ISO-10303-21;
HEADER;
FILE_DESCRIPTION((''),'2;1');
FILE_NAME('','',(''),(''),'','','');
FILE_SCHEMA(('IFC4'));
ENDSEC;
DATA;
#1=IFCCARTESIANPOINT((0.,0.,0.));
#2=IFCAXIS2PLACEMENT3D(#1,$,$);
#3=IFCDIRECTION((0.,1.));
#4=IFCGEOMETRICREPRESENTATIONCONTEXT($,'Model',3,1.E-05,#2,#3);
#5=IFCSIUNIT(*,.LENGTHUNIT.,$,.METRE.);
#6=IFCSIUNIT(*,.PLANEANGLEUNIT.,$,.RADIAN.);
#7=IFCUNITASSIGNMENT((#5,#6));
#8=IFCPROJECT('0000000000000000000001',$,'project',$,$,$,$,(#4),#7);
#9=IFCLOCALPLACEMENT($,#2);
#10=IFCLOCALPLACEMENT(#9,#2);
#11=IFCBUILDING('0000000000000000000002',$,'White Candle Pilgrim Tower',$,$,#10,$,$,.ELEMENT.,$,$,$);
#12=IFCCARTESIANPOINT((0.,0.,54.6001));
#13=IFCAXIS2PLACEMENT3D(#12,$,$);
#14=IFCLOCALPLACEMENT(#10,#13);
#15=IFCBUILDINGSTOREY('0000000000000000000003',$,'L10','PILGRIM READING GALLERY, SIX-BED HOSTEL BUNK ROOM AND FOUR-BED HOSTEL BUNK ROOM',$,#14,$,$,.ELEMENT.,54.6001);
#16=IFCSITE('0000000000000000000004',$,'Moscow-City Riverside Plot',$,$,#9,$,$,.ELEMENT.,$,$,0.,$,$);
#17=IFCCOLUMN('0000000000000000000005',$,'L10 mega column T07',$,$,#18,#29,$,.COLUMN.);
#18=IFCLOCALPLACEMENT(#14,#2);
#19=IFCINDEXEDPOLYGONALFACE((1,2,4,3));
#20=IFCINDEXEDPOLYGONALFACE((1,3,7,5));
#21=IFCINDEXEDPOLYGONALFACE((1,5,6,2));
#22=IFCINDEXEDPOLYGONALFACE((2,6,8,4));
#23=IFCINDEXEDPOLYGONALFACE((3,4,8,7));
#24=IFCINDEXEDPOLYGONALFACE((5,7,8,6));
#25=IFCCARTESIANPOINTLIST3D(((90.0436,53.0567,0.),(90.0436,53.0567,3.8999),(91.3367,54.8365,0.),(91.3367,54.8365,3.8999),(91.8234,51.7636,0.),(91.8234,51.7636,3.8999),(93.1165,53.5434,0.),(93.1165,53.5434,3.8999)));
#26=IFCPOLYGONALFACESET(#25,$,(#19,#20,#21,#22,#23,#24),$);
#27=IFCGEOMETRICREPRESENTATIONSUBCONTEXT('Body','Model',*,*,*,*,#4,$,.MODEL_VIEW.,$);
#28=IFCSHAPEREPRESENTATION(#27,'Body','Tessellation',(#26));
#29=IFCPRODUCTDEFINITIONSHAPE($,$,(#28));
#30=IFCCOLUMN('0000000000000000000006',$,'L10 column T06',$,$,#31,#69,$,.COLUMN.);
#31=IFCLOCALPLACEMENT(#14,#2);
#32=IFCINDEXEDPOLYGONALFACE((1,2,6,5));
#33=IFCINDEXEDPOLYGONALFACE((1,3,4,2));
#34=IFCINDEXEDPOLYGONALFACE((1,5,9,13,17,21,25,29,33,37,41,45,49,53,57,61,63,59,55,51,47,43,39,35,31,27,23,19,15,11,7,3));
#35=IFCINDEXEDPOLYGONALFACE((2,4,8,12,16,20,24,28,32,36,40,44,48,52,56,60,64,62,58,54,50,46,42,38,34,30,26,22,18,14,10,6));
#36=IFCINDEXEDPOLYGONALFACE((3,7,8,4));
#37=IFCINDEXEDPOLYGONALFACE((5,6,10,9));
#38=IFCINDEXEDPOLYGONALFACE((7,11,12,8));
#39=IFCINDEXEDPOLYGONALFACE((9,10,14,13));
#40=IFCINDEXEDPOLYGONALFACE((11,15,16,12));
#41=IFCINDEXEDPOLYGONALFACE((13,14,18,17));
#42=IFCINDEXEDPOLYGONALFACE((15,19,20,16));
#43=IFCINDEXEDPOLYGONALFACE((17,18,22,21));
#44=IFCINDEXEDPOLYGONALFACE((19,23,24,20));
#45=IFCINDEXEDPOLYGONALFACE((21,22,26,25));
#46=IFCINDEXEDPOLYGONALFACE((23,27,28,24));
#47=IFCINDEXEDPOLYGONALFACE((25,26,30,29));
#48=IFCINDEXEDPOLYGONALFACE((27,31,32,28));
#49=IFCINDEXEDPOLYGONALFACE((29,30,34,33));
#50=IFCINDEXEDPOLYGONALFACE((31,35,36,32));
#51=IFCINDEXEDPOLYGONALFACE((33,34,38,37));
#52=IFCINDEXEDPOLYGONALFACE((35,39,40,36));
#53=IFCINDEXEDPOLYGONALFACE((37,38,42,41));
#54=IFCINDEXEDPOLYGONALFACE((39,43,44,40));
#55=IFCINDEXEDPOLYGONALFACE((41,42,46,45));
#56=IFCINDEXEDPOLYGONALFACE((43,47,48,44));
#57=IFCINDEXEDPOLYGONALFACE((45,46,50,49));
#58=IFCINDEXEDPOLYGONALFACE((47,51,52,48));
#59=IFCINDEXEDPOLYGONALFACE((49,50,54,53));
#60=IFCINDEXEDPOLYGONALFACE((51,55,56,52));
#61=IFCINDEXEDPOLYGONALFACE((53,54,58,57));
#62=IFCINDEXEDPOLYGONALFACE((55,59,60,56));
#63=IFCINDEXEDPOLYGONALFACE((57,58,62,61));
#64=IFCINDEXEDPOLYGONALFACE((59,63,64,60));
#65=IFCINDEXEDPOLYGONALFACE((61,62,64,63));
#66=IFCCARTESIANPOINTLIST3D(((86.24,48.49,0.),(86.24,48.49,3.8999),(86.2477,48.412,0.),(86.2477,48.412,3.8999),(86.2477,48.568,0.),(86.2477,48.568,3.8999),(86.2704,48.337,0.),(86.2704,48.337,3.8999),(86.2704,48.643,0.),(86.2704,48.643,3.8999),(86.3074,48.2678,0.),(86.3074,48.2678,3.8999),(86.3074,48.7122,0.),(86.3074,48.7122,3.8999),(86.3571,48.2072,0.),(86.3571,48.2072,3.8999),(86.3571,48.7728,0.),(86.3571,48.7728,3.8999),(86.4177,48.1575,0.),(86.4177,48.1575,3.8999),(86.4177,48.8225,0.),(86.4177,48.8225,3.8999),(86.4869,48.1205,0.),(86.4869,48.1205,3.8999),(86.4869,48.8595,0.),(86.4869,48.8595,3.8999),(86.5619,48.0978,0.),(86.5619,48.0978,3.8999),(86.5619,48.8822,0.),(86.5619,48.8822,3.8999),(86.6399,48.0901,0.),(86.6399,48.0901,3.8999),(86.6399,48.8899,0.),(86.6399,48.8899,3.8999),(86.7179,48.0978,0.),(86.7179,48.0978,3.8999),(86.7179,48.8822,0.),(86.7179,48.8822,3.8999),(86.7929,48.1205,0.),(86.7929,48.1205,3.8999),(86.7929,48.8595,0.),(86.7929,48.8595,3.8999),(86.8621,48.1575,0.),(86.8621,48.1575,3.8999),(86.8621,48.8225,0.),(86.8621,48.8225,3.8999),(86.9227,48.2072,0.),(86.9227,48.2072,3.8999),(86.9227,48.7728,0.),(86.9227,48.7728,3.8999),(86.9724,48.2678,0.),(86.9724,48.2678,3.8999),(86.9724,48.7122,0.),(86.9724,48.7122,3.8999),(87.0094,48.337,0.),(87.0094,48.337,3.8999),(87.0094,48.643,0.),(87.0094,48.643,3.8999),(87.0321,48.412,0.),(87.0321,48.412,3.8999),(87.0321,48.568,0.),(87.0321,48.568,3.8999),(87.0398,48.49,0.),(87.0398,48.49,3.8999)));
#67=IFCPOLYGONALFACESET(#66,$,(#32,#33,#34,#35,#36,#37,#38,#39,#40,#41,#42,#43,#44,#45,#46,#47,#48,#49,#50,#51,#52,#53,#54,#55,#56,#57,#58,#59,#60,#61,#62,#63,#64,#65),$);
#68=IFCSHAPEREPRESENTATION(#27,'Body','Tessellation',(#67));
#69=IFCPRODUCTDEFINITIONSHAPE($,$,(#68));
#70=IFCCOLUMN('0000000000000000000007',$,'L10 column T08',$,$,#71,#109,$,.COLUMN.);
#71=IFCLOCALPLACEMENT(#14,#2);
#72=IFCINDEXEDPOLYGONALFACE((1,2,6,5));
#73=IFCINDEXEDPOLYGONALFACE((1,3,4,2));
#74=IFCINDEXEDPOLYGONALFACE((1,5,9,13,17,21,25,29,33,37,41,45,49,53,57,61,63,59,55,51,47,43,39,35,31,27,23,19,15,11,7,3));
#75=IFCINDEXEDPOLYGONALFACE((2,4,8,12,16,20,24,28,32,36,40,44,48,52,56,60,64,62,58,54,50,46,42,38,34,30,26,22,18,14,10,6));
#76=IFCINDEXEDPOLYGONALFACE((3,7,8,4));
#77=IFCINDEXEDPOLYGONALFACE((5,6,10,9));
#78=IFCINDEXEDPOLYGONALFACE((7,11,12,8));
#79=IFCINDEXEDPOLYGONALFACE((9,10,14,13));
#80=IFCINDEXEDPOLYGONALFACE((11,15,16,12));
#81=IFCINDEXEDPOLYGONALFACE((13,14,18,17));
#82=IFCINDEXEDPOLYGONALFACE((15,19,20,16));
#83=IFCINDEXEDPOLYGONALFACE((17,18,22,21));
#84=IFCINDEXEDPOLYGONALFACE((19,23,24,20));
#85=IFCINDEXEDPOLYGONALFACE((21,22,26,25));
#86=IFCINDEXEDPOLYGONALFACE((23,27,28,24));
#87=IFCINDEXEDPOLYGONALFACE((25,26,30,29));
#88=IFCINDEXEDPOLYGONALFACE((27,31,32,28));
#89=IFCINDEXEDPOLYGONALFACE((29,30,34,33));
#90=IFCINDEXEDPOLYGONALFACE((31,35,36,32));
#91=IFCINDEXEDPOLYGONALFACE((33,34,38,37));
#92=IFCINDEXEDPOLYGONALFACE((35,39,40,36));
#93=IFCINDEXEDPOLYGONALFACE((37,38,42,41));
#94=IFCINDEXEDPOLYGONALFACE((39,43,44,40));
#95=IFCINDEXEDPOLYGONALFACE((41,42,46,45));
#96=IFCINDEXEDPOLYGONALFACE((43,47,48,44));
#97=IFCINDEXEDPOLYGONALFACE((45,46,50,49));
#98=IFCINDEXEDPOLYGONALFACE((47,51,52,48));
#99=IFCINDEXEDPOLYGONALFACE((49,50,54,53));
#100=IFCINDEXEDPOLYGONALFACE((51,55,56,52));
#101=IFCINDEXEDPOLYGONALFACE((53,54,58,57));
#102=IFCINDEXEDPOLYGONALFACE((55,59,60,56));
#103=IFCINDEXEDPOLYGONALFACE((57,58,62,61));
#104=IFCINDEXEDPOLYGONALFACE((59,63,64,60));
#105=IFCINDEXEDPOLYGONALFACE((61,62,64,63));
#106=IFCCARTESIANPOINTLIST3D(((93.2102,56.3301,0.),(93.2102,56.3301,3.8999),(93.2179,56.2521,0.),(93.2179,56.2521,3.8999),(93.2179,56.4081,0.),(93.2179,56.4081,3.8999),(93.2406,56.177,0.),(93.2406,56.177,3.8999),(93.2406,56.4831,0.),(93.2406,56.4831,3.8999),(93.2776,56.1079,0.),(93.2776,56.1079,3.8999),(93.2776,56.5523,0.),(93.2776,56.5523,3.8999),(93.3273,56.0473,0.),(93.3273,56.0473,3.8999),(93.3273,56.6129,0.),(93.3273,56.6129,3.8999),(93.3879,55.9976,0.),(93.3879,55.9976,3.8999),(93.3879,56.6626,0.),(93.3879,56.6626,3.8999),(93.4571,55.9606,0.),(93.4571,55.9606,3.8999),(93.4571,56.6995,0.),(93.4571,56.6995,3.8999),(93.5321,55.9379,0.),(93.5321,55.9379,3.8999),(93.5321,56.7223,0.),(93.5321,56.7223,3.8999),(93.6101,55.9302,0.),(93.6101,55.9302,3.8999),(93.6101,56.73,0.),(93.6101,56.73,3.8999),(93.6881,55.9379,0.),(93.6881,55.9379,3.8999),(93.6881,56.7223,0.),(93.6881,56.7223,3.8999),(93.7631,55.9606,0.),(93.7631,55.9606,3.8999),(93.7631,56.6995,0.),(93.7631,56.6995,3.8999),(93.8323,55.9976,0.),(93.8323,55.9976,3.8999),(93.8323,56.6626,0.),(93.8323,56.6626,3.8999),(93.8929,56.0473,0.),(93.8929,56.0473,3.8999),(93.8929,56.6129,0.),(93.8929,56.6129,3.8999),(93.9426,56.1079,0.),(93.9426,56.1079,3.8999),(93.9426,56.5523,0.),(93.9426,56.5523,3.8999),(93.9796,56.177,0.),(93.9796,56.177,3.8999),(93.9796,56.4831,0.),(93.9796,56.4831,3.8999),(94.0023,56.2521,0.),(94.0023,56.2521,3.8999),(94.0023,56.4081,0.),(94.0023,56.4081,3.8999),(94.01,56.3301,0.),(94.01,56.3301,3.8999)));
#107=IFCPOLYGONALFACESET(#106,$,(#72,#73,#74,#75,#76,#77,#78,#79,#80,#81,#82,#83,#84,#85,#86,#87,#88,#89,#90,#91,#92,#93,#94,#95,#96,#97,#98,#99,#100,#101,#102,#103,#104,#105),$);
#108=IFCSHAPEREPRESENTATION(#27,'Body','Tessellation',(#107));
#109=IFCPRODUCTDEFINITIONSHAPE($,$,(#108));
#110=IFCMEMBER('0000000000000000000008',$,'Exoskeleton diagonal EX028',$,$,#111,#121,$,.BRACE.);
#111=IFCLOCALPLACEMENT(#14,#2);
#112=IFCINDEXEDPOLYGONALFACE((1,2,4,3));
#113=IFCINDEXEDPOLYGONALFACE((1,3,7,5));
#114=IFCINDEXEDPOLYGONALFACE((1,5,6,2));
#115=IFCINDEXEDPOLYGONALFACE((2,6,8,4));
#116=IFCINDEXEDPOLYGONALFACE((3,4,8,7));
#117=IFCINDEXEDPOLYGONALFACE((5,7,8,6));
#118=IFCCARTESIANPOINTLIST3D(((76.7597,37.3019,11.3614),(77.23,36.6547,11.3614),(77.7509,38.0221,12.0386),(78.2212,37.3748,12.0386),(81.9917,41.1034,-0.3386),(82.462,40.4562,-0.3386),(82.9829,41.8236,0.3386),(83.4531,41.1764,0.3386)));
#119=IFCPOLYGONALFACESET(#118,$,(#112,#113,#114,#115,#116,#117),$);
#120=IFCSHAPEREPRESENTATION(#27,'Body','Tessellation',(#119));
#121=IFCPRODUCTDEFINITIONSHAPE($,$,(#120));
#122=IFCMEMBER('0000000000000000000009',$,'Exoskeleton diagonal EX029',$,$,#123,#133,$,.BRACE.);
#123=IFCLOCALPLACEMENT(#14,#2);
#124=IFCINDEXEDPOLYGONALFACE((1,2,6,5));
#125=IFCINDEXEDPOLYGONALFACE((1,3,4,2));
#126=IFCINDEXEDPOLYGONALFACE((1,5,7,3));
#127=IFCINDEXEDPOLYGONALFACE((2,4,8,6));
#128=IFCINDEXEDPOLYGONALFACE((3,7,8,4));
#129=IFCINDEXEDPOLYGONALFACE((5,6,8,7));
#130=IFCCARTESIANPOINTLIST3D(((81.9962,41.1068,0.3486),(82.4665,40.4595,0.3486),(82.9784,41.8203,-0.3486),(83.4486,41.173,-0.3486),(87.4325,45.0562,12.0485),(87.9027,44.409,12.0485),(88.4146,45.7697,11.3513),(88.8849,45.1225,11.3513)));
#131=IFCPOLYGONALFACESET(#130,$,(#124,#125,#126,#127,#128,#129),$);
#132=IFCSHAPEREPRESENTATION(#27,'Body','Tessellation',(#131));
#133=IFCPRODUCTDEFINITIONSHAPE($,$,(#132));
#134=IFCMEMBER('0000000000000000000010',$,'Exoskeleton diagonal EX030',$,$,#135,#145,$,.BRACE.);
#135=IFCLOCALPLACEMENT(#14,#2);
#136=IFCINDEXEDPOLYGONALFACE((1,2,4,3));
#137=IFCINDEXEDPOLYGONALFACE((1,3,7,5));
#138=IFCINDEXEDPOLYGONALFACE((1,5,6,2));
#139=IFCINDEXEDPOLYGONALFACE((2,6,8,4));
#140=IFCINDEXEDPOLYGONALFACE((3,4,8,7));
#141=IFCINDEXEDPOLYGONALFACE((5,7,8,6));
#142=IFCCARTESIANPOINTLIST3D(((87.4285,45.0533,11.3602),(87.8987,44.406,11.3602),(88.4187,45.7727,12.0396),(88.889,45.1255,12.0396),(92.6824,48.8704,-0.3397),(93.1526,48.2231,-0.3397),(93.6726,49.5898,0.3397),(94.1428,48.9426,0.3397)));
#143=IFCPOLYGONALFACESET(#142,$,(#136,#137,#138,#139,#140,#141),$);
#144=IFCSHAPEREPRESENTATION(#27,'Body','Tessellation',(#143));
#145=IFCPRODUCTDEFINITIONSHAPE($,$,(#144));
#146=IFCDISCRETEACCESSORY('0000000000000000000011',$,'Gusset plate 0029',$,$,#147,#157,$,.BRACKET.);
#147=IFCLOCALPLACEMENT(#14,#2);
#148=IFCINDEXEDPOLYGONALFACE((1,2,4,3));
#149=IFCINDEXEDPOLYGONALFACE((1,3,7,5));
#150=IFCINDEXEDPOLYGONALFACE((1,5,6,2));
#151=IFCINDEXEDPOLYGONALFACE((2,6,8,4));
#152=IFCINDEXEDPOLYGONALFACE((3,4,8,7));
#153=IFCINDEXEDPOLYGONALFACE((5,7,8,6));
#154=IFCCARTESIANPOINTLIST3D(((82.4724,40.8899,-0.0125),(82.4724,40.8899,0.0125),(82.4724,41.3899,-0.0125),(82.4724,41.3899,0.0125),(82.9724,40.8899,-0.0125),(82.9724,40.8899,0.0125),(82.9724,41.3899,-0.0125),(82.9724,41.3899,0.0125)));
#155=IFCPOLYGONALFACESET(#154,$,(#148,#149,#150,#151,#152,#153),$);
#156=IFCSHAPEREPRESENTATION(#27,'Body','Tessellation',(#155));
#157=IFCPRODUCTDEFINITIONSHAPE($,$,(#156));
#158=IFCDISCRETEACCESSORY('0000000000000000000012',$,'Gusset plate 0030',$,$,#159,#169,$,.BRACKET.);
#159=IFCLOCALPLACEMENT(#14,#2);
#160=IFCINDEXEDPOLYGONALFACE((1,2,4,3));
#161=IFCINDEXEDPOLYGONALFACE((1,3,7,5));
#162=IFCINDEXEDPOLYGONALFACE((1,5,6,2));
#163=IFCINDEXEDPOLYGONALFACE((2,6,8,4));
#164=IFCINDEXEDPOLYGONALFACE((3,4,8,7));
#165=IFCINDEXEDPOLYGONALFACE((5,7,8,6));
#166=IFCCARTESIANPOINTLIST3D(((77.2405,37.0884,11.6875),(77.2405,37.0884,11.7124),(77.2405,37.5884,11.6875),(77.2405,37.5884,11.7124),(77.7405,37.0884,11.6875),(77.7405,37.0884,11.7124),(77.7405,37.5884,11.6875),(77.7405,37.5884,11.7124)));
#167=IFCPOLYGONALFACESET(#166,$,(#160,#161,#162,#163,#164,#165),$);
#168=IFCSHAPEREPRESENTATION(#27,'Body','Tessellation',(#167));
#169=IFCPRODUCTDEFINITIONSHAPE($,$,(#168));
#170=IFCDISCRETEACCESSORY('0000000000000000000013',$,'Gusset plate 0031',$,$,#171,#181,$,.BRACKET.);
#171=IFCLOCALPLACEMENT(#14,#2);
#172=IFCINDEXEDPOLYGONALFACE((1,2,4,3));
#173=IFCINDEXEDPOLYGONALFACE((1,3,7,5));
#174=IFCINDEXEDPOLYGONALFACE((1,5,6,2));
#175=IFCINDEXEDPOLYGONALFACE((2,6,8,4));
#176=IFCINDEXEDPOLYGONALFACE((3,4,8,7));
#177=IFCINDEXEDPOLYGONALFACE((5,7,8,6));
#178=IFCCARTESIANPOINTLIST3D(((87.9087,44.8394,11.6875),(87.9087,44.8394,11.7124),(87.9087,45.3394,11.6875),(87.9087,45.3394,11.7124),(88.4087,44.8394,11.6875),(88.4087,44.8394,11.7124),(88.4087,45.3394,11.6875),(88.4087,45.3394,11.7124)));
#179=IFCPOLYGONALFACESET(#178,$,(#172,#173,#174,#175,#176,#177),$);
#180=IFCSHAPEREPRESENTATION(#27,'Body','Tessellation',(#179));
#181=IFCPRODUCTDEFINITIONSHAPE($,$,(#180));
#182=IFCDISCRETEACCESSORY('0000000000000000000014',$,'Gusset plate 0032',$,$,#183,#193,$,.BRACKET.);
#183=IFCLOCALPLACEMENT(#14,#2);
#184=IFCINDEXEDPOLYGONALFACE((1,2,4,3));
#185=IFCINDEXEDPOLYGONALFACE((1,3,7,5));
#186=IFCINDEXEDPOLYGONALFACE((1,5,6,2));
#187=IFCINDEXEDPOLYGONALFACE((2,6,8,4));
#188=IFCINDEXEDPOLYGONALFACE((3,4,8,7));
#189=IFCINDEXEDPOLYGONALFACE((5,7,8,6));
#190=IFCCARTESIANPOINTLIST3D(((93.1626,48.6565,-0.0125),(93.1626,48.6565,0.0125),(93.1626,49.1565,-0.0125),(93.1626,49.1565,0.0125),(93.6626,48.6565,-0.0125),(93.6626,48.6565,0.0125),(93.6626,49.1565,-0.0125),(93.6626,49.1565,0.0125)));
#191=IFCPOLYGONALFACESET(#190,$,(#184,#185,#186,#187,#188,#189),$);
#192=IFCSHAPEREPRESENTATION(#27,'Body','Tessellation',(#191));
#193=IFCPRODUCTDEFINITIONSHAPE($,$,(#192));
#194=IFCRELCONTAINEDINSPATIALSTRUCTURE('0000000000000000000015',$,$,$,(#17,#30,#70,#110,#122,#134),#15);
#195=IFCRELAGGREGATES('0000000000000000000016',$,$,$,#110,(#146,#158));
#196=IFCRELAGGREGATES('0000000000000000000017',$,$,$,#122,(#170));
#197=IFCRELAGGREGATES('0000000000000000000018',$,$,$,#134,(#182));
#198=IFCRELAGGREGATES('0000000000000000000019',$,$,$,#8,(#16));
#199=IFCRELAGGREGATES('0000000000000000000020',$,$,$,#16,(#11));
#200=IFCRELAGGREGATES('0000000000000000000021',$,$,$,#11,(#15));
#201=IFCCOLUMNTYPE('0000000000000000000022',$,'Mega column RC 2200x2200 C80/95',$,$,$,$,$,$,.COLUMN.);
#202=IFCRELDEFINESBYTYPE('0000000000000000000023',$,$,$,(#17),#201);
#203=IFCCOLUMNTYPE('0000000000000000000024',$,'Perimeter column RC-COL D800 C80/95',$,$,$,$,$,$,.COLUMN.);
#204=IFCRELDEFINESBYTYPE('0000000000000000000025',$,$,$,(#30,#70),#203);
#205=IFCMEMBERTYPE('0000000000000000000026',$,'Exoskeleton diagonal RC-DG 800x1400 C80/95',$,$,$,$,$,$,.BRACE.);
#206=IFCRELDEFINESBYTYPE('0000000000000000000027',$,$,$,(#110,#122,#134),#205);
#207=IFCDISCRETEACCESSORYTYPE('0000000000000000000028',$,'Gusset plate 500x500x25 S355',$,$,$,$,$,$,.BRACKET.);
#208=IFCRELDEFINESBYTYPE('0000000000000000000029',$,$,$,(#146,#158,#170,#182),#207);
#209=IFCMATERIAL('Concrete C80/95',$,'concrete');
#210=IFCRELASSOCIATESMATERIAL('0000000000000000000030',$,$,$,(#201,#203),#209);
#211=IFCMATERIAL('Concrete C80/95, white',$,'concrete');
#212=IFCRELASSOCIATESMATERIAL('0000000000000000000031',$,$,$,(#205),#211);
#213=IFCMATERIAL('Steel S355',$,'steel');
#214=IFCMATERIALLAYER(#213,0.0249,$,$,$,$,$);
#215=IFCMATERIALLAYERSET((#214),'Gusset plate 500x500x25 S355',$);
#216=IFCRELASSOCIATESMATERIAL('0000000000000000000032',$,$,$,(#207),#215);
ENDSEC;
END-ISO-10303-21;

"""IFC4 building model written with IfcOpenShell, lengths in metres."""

from ifc_helpers import new_model, si_unit, direction, frame, origin, origin_2d, place, context, subcontext, project, spatial, rectangle, circle, extrude, material, layer, layer_set, material_profile, profile_set, type_object, element, aggregate, save


model = new_model("IFC4")

# Units and contexts
model_context = context("Model", 3, precision=1e-05, world=origin(), true_north=direction((0.0, 1.0)))
body_context = subcontext(model_context, "Body", "Model", "MODEL_VIEW")
ifc_project = project(units=[si_unit("LENGTHUNIT", "METRE"), si_unit("PLANEANGLEUNIT", "RADIAN")], contexts=[model_context])

# Site, building, storey
site_placement = place(None, origin())
site = spatial("IfcSite", under=ifc_project, at=site_placement, Name="Moscow-City Riverside Plot", CompositionType="ELEMENT", RefElevation=0.0)
building_placement = place(site_placement, origin())
building = spatial("IfcBuilding", under=site, at=building_placement, Name="White Candle Pilgrim Tower", CompositionType="ELEMENT")
storey_placement = place(building_placement, frame((0.0, 0.0, 54.6001)))
storey = spatial("IfcBuildingStorey", under=building, at=storey_placement, Name="L10", Description="PILGRIM READING GALLERY, SIX-BED HOSTEL BUNK ROOM AND FOUR-BED HOSTEL BUNK ROOM", CompositionType="ELEMENT", Elevation=54.6001)

# Columns
ifc_material_1 = material(Name="Concrete C80/95", Category="concrete")
ifc_material_profile_1 = material_profile(ifc_material_1, rectangle(XDim=2.2, YDim=2.2, at=origin_2d()), Name="RC 2200x2200")
ifc_profile_set_1 = profile_set([ifc_material_profile_1], Name="Concrete C80/95")
column_type_1 = type_object("IfcColumnType", Name="Mega column RC 2200x2200 C80/95", PredefinedType="COLUMN", material=ifc_profile_set_1)
column_placement = place(storey_placement, frame((91.5801, 53.3, 0.0), z_axis=(0.0, 0.0, 1.0), x_axis=(0.809017, -0.587785, 0.0)))
element("IfcColumn", 1, at=column_placement, inside=storey, type_object=column_type_1, Name="L10 mega column T07", PredefinedType="COLUMN", context=body_context, shape_type="SweptSolid", body=[
    extrude(rectangle(XDim=2.2, YDim=2.2, at=origin_2d()), origin(), (0.0, 0.0, 1.0), 3.8999),
])
ifc_material_profile_2 = material_profile(ifc_material_1, circle(Radius=0.3999, at=origin_2d()), Name="RC-COL D800")
ifc_profile_set_2 = profile_set([ifc_material_profile_2], Name="Concrete C80/95")
column_type_2 = type_object("IfcColumnType", Name="Perimeter column RC-COL D800 C80/95", PredefinedType="COLUMN", material=ifc_profile_set_2)
for number, where, z_axis, x_axis, name in (
    (2, (86.6399, 48.49, 0.0), (0.0, 0.0, 1.0), (1.0, 0.0, 0.0), "L10 column T06"),
    (3, (93.6101, 56.3301, 0.0), (0.0, 0.0, 1.0), (1.0, 0.0, 0.0), "L10 column T08"),
):
    element("IfcColumn", number, at=place(storey_placement, frame(where, z_axis=z_axis, x_axis=x_axis)), inside=storey, type_object=column_type_2, Name=name, PredefinedType="COLUMN", context=body_context, shape_type="SweptSolid", body=[
        extrude(circle(Radius=0.3999, at=origin_2d()), origin(), (0.0, 0.0, 1.0), 3.8999),
    ])

# Members
ifc_material_2 = material(Name="Concrete C80/95, white", Category="concrete")
ifc_material_profile_3 = material_profile(ifc_material_2, rectangle(XDim=0.8, YDim=1.3999, at=origin_2d()), Name="RC-DG 800x1400")
ifc_profile_set_3 = profile_set([ifc_material_profile_3], Name="Concrete C80/95, white")
member_type = type_object("IfcMemberType", Name="Exoskeleton diagonal RC-DG 800x1400 C80/95", PredefinedType="BRACE", material=ifc_profile_set_3)
member_1_placement = place(storey_placement, frame((82.7224, 41.1399, 0.0), z_axis=(-0.391366, -0.284366, 0.875196), x_axis=(0.587815, -0.808996, 0.0)))
member_1 = element("IfcMember", 4, at=member_1_placement, inside=storey, type_object=member_type, Name="Exoskeleton diagonal EX028", PredefinedType="BRACE", context=body_context, shape_type="SweptSolid", body=[
    extrude(rectangle(XDim=0.8, YDim=1.3999, at=origin_2d()), origin(), (0.0, 0.0, 1.0), 13.3684),
])
member_2_placement = place(storey_placement, frame((82.7224, 41.1399, 0.0), z_axis=(0.402919, 0.292721, 0.867162), x_axis=(-0.587763, 0.809033, 0.0)))
member_2 = element("IfcMember", 5, at=member_2_placement, inside=storey, type_object=member_type, Name="Exoskeleton diagonal EX029", PredefinedType="BRACE", context=body_context, shape_type="SweptSolid", body=[
    extrude(rectangle(XDim=0.8, YDim=1.3999, at=origin_2d()), origin(), (0.0, 0.0, 1.0), 13.4922),
])
member_3_placement = place(storey_placement, frame((93.4126, 48.9065, 0.0), z_axis=(-0.392626, -0.285256, 0.874342), x_axis=(0.58778, -0.80902, 0.0)))
member_3 = element("IfcMember", 6, at=member_3_placement, inside=storey, type_object=member_type, Name="Exoskeleton diagonal EX030", PredefinedType="BRACE", context=body_context, shape_type="SweptSolid", body=[
    extrude(rectangle(XDim=0.8, YDim=1.3999, at=origin_2d()), origin(), (0.0, 0.0, 1.0), 13.3813),
])

# Discrete accessories
ifc_material_3 = material(Name="Steel S355", Category="steel")
ifc_layer_1 = layer(ifc_material_3, 0.0249)
ifc_layer_set_1 = layer_set([ifc_layer_1], Name="Gusset plate 500x500x25 S355")
discrete_accessory_type = type_object("IfcDiscreteAccessoryType", Name="Gusset plate 500x500x25 S355", PredefinedType="BRACKET", material=ifc_layer_set_1)
discrete_accessory_1_placement = place(storey_placement, frame((82.7224, 41.1399, -0.0125), z_axis=(0.0, 0.0, 1.0), x_axis=(1.0, 0.0, 0.0)))
discrete_accessory_1 = element("IfcDiscreteAccessory", 7, at=discrete_accessory_1_placement, type_object=discrete_accessory_type, Name="Gusset plate 0029", PredefinedType="BRACKET", context=body_context, shape_type="SweptSolid", body=[
    extrude(rectangle(XDim=0.5, YDim=0.5, at=origin_2d()), origin(), (0.0, 0.0, 1.0), 0.0249),
])
placement = place(building_placement, frame((0.0, 0.0, 66.3)))
discrete_accessory_2_placement = place(placement, frame((77.4905, 37.3384, -0.0125), z_axis=(0.0, 0.0, 1.0), x_axis=(1.0, 0.0, 0.0)))
discrete_accessory_2 = element("IfcDiscreteAccessory", 8, at=discrete_accessory_2_placement, type_object=discrete_accessory_type, Name="Gusset plate 0030", PredefinedType="BRACKET", context=body_context, shape_type="SweptSolid", body=[
    extrude(rectangle(XDim=0.5, YDim=0.5, at=origin_2d()), origin(), (0.0, 0.0, 1.0), 0.0249),
])
aggregate(member_1, [discrete_accessory_1, discrete_accessory_2])
discrete_accessory_3_placement = place(placement, frame((88.1587, 45.0894, -0.0125), z_axis=(0.0, 0.0, 1.0), x_axis=(1.0, 0.0, 0.0)))
discrete_accessory_3 = element("IfcDiscreteAccessory", 9, at=discrete_accessory_3_placement, type_object=discrete_accessory_type, Name="Gusset plate 0031", PredefinedType="BRACKET", context=body_context, shape_type="SweptSolid", body=[
    extrude(rectangle(XDim=0.5, YDim=0.5, at=origin_2d()), origin(), (0.0, 0.0, 1.0), 0.0249),
])
aggregate(member_2, [discrete_accessory_3])
discrete_accessory_4_placement = place(storey_placement, frame((93.4126, 48.9065, -0.0125), z_axis=(0.0, 0.0, 1.0), x_axis=(1.0, 0.0, 0.0)))
discrete_accessory_4 = element("IfcDiscreteAccessory", 10, at=discrete_accessory_4_placement, type_object=discrete_accessory_type, Name="Gusset plate 0032", PredefinedType="BRACKET", context=body_context, shape_type="SweptSolid", body=[
    extrude(rectangle(XDim=0.5, YDim=0.5, at=origin_2d()), origin(), (0.0, 0.0, 1.0), 0.0249),
])
aggregate(member_3, [discrete_accessory_4])

save(model, "model.ifc")
